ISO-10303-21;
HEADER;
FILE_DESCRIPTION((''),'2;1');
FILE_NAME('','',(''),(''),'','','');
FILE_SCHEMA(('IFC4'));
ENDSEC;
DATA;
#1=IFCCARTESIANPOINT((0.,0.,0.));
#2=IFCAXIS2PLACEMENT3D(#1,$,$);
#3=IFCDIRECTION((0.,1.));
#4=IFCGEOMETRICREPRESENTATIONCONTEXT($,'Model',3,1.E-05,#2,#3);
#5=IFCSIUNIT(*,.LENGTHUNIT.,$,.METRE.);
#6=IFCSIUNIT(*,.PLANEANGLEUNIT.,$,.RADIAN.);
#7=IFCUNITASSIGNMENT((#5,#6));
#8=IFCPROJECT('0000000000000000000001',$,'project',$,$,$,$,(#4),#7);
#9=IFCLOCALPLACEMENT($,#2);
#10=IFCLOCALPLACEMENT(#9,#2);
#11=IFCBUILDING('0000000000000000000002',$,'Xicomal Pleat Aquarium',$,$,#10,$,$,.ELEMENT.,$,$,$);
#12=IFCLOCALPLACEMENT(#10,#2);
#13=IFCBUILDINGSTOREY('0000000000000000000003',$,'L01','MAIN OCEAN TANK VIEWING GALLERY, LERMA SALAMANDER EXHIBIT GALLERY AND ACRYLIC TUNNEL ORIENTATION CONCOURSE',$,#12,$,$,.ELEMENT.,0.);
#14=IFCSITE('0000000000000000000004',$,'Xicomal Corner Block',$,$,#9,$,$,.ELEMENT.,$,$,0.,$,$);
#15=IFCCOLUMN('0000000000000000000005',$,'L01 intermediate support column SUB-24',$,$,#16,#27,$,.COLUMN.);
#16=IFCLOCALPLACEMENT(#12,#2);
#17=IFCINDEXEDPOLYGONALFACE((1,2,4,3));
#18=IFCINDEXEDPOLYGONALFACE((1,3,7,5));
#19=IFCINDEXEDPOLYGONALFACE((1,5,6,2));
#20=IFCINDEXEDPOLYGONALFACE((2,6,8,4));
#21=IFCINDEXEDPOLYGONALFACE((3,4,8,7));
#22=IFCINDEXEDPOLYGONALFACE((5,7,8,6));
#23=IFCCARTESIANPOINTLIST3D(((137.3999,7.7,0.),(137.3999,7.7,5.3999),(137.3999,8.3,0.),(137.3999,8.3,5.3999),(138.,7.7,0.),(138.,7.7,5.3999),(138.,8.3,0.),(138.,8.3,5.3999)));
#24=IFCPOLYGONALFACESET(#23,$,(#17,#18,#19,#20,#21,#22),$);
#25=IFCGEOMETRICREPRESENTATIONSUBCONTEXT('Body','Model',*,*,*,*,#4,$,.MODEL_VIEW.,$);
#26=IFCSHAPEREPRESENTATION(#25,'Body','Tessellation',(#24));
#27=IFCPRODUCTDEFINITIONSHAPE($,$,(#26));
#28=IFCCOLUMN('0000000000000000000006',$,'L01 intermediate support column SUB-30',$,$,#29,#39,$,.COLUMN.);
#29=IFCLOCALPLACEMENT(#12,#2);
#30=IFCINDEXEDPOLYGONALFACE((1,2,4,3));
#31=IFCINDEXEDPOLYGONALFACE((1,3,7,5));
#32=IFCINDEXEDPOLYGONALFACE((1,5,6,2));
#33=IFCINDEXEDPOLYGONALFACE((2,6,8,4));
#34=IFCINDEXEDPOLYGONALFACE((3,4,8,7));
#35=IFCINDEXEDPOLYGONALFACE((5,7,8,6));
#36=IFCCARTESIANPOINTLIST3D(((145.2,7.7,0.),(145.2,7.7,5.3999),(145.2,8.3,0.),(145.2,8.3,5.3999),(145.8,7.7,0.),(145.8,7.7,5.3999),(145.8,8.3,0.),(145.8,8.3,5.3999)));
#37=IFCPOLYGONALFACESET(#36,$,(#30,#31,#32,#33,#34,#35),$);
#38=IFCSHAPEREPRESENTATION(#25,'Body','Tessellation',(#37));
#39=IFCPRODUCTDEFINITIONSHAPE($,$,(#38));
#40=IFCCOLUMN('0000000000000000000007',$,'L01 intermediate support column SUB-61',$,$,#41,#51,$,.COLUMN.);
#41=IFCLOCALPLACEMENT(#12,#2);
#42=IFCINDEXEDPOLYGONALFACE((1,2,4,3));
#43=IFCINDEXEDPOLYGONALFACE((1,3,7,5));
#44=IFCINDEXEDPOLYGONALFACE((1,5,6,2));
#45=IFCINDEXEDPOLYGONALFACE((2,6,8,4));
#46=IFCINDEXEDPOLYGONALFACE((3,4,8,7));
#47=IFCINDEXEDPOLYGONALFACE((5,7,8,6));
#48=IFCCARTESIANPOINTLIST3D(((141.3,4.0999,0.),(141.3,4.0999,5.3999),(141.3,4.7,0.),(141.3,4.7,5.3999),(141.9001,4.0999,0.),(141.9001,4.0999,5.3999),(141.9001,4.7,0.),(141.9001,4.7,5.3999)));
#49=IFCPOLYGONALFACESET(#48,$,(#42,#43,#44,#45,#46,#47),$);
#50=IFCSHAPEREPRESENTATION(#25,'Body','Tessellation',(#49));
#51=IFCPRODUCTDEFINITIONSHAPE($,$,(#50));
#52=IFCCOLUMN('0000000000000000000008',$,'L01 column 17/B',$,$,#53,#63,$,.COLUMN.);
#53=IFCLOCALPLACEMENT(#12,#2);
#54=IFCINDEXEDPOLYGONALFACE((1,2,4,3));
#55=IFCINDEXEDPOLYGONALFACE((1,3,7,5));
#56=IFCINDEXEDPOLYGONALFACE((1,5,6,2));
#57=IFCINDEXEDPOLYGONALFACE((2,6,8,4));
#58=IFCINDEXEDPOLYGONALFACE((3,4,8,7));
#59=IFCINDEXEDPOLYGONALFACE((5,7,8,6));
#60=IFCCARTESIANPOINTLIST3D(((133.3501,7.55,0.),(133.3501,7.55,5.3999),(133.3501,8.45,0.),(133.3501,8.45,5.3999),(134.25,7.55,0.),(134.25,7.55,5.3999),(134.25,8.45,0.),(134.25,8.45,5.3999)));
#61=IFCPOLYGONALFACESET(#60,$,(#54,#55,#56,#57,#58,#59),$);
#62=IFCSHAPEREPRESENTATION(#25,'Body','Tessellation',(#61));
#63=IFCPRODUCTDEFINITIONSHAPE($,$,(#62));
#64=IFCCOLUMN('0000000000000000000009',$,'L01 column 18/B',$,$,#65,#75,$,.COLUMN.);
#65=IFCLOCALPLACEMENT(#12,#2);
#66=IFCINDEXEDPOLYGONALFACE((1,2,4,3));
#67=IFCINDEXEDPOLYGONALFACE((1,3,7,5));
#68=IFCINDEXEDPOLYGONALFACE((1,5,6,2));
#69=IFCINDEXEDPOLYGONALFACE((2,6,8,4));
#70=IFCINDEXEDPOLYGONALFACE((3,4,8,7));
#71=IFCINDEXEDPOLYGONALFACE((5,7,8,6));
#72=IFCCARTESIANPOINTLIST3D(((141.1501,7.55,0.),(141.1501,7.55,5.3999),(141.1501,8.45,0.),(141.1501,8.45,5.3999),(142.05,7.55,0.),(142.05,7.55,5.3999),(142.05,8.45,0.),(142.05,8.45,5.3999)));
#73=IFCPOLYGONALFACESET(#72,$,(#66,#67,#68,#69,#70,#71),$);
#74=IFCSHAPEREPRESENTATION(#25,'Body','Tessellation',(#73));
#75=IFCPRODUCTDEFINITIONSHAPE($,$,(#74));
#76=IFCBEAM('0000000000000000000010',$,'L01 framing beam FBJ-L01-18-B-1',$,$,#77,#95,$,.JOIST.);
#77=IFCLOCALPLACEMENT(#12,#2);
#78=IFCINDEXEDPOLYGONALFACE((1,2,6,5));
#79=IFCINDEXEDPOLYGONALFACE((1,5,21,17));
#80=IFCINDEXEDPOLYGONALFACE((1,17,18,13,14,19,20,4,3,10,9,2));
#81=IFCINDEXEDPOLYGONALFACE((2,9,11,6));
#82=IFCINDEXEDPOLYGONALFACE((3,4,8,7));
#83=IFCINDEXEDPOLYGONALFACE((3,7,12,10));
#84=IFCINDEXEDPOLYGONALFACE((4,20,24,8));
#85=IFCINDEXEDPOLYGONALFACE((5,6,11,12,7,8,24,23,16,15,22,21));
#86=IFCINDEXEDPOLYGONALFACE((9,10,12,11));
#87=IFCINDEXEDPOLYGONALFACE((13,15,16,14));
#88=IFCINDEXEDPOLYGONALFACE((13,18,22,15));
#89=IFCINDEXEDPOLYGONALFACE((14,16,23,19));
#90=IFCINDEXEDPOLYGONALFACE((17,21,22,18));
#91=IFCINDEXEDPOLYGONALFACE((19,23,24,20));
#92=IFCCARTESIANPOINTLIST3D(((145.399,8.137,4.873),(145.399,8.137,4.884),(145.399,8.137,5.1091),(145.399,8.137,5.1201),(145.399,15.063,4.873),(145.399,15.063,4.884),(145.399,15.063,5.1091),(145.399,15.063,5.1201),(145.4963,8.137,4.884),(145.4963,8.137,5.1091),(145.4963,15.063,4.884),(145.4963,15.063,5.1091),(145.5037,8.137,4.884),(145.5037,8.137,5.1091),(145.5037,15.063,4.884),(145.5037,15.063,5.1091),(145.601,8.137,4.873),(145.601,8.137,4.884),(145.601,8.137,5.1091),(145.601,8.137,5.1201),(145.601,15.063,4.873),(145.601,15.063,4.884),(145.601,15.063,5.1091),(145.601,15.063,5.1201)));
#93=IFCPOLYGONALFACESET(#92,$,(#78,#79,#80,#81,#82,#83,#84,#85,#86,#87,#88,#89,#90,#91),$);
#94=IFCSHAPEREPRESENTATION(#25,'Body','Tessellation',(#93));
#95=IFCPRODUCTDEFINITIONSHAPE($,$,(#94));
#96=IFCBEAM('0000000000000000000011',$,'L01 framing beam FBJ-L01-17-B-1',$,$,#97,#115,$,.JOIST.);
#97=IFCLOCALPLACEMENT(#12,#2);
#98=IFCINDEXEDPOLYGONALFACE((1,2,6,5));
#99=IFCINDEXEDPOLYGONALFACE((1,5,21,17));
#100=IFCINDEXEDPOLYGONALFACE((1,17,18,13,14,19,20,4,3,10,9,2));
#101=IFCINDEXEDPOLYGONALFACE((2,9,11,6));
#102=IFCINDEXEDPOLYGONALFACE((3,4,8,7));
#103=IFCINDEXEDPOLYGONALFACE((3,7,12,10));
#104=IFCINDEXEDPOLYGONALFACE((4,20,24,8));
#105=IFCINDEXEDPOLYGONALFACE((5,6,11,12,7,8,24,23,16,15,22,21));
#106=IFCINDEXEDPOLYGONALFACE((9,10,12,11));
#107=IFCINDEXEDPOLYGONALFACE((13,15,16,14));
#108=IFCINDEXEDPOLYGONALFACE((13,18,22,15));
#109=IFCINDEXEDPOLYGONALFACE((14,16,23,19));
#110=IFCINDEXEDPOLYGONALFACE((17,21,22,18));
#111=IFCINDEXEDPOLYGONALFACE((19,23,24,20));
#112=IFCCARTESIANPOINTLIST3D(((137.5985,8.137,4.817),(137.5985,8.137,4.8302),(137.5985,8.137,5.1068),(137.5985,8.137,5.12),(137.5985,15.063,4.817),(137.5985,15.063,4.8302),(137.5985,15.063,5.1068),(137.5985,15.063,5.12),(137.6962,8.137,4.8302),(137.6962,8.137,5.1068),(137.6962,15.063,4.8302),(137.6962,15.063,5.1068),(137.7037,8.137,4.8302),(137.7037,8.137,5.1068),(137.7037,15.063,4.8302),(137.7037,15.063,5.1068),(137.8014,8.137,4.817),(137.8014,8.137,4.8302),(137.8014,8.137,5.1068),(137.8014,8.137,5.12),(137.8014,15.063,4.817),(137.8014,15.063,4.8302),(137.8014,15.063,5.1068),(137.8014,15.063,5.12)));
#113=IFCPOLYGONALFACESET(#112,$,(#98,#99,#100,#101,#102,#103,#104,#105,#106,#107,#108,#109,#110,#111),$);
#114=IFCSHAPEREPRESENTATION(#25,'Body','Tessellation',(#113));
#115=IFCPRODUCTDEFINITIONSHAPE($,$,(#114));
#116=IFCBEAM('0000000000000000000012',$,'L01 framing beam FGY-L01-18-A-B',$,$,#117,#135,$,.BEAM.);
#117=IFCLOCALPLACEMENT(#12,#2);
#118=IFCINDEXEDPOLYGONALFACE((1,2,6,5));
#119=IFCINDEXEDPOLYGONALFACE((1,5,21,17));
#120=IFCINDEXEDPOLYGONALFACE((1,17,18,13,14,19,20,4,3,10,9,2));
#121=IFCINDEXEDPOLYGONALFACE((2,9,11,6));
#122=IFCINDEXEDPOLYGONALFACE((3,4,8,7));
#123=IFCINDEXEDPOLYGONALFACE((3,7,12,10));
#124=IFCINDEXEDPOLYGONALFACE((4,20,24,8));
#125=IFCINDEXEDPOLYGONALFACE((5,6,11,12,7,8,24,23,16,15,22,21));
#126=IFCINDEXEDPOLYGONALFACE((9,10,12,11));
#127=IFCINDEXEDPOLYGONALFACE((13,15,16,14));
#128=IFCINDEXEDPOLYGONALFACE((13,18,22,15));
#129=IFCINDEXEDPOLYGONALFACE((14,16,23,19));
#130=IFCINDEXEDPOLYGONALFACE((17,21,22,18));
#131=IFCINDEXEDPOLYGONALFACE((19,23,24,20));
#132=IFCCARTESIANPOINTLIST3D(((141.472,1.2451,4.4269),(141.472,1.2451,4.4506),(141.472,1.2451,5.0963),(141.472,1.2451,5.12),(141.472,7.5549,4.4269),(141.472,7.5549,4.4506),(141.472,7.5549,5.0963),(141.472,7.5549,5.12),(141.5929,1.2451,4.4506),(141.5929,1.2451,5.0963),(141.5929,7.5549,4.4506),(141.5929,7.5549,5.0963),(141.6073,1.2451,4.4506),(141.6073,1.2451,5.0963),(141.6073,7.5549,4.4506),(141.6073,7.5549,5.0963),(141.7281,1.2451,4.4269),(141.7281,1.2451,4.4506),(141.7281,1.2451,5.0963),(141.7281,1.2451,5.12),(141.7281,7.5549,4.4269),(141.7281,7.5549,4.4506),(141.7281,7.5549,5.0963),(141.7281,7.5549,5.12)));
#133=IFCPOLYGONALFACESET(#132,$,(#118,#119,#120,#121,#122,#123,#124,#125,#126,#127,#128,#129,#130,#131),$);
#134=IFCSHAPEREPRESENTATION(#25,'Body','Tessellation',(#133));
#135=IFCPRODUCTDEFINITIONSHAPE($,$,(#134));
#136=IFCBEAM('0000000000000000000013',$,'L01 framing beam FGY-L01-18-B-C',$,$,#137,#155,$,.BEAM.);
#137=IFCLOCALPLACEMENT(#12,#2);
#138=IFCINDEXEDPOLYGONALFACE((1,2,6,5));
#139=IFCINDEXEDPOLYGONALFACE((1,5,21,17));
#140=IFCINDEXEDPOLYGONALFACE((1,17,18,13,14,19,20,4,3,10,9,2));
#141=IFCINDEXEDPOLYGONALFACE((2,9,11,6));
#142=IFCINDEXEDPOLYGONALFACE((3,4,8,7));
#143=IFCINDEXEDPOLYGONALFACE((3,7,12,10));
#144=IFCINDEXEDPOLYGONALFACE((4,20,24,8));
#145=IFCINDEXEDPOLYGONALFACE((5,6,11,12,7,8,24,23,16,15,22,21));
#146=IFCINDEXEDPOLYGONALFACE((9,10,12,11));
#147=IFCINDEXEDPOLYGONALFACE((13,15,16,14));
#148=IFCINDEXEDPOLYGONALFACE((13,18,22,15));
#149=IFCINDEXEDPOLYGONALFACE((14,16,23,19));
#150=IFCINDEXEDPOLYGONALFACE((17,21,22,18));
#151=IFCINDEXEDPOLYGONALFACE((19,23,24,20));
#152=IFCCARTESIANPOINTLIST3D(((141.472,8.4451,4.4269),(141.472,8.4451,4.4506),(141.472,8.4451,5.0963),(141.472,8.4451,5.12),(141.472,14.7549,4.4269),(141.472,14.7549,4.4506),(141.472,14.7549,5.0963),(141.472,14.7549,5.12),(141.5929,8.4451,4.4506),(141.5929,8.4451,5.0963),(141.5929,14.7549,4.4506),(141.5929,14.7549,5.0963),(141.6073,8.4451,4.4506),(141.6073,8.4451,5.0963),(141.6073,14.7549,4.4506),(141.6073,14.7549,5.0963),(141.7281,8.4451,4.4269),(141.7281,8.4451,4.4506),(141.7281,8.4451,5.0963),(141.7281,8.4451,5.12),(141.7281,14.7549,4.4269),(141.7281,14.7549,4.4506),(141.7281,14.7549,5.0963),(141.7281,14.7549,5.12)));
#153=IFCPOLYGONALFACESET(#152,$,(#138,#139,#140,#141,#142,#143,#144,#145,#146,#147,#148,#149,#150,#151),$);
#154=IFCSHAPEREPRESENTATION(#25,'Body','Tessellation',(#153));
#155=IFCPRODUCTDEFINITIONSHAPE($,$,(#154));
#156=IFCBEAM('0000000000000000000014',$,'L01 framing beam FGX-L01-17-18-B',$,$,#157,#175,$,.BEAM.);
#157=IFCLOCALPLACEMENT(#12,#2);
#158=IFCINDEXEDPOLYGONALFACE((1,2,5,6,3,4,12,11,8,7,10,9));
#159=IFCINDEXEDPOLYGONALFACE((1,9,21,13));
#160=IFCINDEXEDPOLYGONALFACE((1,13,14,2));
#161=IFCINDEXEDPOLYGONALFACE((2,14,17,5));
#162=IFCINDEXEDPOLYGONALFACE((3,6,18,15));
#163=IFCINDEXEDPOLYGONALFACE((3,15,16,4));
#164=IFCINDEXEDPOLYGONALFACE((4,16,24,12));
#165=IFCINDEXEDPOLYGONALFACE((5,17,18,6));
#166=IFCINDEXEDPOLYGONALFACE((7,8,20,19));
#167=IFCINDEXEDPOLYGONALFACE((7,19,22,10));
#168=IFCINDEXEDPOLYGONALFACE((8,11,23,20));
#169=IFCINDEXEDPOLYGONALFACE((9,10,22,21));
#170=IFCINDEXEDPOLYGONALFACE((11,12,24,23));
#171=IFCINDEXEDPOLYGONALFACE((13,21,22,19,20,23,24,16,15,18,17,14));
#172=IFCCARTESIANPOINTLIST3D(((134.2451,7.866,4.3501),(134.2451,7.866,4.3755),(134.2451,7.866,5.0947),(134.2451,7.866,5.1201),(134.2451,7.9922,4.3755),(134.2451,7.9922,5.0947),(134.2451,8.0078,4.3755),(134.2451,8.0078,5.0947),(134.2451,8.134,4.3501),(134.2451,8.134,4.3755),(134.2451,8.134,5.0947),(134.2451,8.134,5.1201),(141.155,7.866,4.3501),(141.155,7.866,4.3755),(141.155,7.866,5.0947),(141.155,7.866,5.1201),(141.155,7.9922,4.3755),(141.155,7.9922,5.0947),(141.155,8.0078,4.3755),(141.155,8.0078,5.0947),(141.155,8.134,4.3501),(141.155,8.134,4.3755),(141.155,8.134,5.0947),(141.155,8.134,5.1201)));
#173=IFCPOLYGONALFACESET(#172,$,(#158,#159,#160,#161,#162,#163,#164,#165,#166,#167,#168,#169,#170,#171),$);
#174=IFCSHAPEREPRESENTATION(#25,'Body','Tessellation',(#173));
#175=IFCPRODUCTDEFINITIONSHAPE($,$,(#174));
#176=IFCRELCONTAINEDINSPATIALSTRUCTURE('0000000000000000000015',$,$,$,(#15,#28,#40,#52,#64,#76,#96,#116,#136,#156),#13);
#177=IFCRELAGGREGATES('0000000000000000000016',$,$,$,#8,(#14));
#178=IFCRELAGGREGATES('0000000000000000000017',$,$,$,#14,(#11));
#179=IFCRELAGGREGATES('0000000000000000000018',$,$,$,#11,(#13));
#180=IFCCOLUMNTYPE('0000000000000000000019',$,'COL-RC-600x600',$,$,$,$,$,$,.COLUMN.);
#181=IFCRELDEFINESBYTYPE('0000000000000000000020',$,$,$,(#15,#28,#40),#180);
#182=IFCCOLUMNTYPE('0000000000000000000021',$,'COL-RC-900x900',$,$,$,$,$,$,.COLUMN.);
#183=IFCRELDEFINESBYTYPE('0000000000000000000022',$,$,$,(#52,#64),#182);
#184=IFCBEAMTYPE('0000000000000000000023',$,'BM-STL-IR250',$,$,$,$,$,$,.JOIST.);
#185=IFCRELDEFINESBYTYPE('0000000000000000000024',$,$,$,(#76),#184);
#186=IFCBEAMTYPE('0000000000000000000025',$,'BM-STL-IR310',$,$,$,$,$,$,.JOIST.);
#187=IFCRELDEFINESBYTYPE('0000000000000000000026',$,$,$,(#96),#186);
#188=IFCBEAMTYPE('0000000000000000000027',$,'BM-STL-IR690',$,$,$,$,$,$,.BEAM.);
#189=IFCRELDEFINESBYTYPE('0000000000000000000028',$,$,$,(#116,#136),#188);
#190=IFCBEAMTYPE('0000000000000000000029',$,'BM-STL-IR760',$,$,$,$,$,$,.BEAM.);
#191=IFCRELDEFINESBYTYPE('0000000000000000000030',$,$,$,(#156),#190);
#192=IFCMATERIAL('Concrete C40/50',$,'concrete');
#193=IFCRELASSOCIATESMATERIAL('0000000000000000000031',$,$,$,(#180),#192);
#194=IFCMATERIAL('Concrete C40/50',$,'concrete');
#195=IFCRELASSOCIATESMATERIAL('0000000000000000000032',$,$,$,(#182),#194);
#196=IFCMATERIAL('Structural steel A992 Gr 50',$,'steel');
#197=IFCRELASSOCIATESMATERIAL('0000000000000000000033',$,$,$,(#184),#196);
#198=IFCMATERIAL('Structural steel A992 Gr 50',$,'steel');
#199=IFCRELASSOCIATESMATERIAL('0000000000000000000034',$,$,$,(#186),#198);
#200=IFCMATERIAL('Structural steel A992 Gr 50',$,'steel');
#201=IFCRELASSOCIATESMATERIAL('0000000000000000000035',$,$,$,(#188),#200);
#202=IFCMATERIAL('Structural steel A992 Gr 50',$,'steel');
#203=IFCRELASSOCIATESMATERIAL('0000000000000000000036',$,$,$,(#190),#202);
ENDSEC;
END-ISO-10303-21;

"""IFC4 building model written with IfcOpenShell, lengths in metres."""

from ifc_helpers import new_model, si_unit, direction, frame, origin, origin_2d, place, context, subcontext, project, spatial, rectangle, i_section, extrude, material, material_profile, profile_set, type_object, element, save


model = new_model("IFC4")

# Units and contexts
model_context = context("Model", 3, precision=1e-05, world=origin(), true_north=direction((0.0, 1.0)))
body_context = subcontext(model_context, "Body", "Model", "MODEL_VIEW")
ifc_project = project(units=[si_unit("LENGTHUNIT", "METRE"), si_unit("PLANEANGLEUNIT", "RADIAN")], contexts=[model_context])

# Site, building, storey
site_placement = place(None, origin())
site = spatial("IfcSite", under=ifc_project, at=site_placement, Name="Xicomal Corner Block", CompositionType="ELEMENT", RefElevation=0.0)
building_placement = place(site_placement, origin())
building = spatial("IfcBuilding", under=site, at=building_placement, Name="Xicomal Pleat Aquarium", CompositionType="ELEMENT")
storey_placement = place(building_placement, origin())
storey = spatial("IfcBuildingStorey", under=building, at=storey_placement, Name="L01", Description="MAIN OCEAN TANK VIEWING GALLERY, LERMA SALAMANDER EXHIBIT GALLERY AND ACRYLIC TUNNEL ORIENTATION CONCOURSE", CompositionType="ELEMENT", Elevation=0.0)

# Columns
ifc_material_1 = material(Name="Concrete C40/50", Category="concrete")
ifc_material_profile_1 = material_profile(ifc_material_1, rectangle(XDim=0.6001, YDim=0.6001, at=origin_2d()), Name="RC 600x600")
ifc_profile_set_1 = profile_set([ifc_material_profile_1], Name="Concrete C40/50")
column_type_1 = type_object("IfcColumnType", Name="COL-RC-600x600", PredefinedType="COLUMN", material=ifc_profile_set_1)
for number, where, z_axis, x_axis, name in (
    (1, (137.7, 8.0, 0.0), (0.0, 0.0, 1.0), (1.0, 0.0, 0.0), "L01 intermediate support column SUB-24"),
    (2, (145.5, 8.0, 0.0), (0.0, 0.0, 1.0), (1.0, 0.0, 0.0), "L01 intermediate support column SUB-30"),
    (3, (141.6001, 4.3999, 0.0), (0.0, 0.0, 1.0), (1.0, 0.0, 0.0), "L01 intermediate support column SUB-61"),
):
    element("IfcColumn", number, at=place(storey_placement, frame(where, z_axis=z_axis, x_axis=x_axis)), inside=storey, type_object=column_type_1, Name=name, PredefinedType="COLUMN", context=body_context, shape_type="SweptSolid", body=[
        extrude(rectangle(XDim=0.6001, YDim=0.6001, at=origin_2d()), origin(), (0.0, 0.0, 1.0), 5.3999),
    ])
ifc_material_2 = material(Name="Concrete C40/50", Category="concrete")
ifc_material_profile_2 = material_profile(ifc_material_2, rectangle(XDim=0.8999, YDim=0.8999, at=origin_2d()), Name="RC 900x900")
ifc_profile_set_2 = profile_set([ifc_material_profile_2], Name="Concrete C40/50")
column_type_2 = type_object("IfcColumnType", Name="COL-RC-900x900", PredefinedType="COLUMN", material=ifc_profile_set_2)
for number, where, z_axis, x_axis, name in (
    (4, (133.8, 8.0, 0.0), (0.0, 0.0, 1.0), (1.0, 0.0, 0.0), "L01 column 17/B"),
    (5, (141.6001, 8.0, 0.0), (0.0, 0.0, 1.0), (1.0, 0.0, 0.0), "L01 column 18/B"),
):
    element("IfcColumn", number, at=place(storey_placement, frame(where, z_axis=z_axis, x_axis=x_axis)), inside=storey, type_object=column_type_2, Name=name, PredefinedType="COLUMN", context=body_context, shape_type="SweptSolid", body=[
        extrude(rectangle(XDim=0.8999, YDim=0.8999, at=origin_2d()), origin(), (0.0, 0.0, 1.0), 5.3999),
    ])

# Beams
ifc_material_3 = material(Name="Structural steel A992 Gr 50", Category="steel")
ifc_material_profile_3 = material_profile(ifc_material_3, i_section(OverallWidth=0.2019, OverallDepth=0.2471, WebThickness=0.0073, FlangeThickness=0.011, at=origin_2d()), Name="IR 250x49")
ifc_profile_set_3 = profile_set([ifc_material_profile_3], Name="Structural steel A992 Gr 50")
beam_type_1 = type_object("IfcBeamType", Name="BM-STL-IR250", PredefinedType="JOIST", material=ifc_profile_set_3)
beam_1_placement = place(storey_placement, frame((145.5, 8.137, 4.9966), z_axis=(0.0, 1.0, 0.0), x_axis=(-1.0, 0.0, 0.0)))
element("IfcBeam", 6, at=beam_1_placement, inside=storey, type_object=beam_type_1, Name="L01 framing beam FBJ-L01-18-B-1", PredefinedType="JOIST", context=body_context, shape_type="SweptSolid", body=[
    extrude(i_section(OverallWidth=0.2019, OverallDepth=0.2471, WebThickness=0.0073, FlangeThickness=0.011, at=origin_2d()), origin(), (0.0, 0.0, 1.0), 6.926),
])
ifc_material_4 = material(Name="Structural steel A992 Gr 50", Category="steel")
ifc_material_profile_4 = material_profile(ifc_material_4, i_section(OverallWidth=0.2029, OverallDepth=0.303, WebThickness=0.0076, FlangeThickness=0.0132, at=origin_2d()), Name="IR 310x60")
ifc_profile_set_4 = profile_set([ifc_material_profile_4], Name="Structural steel A992 Gr 50")
beam_type_2 = type_object("IfcBeamType", Name="BM-STL-IR310", PredefinedType="JOIST", material=ifc_profile_set_4)
beam_2_placement = place(storey_placement, frame((137.7, 8.137, 4.9685), z_axis=(0.0, 1.0, 0.0), x_axis=(-1.0, 0.0, 0.0)))
element("IfcBeam", 7, at=beam_2_placement, inside=storey, type_object=beam_type_2, Name="L01 framing beam FBJ-L01-17-B-1", PredefinedType="JOIST", context=body_context, shape_type="SweptSolid", body=[
    extrude(i_section(OverallWidth=0.2029, OverallDepth=0.303, WebThickness=0.0076, FlangeThickness=0.0132, at=origin_2d()), origin(), (0.0, 0.0, 1.0), 6.926),
])
ifc_material_5 = material(Name="Structural steel A992 Gr 50", Category="steel")
ifc_material_profile_5 = material_profile(ifc_material_5, i_section(OverallWidth=0.2561, OverallDepth=0.6931, WebThickness=0.0144, FlangeThickness=0.0237, at=origin_2d()), Name="IR 690x170")
ifc_profile_set_5 = profile_set([ifc_material_profile_5], Name="Structural steel A992 Gr 50")
beam_type_3 = type_object("IfcBeamType", Name="BM-STL-IR690", PredefinedType="BEAM", material=ifc_profile_set_5)
for number, where, z_axis, x_axis, name in (
    (8, (141.6001, 1.2451, 4.7734), (0.0, 1.0, 0.0), (-1.0, 0.0, 0.0), "L01 framing beam FGY-L01-18-A-B"),
    (9, (141.6001, 8.4451, 4.7734), (0.0, 1.0, 0.0), (-1.0, 0.0, 0.0), "L01 framing beam FGY-L01-18-B-C"),
):
    element("IfcBeam", number, at=place(storey_placement, frame(where, z_axis=z_axis, x_axis=x_axis)), inside=storey, type_object=beam_type_3, Name=name, PredefinedType="BEAM", context=body_context, shape_type="SweptSolid", body=[
        extrude(i_section(OverallWidth=0.2561, OverallDepth=0.6931, WebThickness=0.0144, FlangeThickness=0.0237, at=origin_2d()), origin(), (0.0, 0.0, 1.0), 6.3098),
    ])
ifc_material_6 = material(Name="Structural steel A992 Gr 50", Category="steel")
ifc_material_profile_6 = material_profile(ifc_material_6, i_section(OverallWidth=0.2681, OverallDepth=0.77, WebThickness=0.0156, FlangeThickness=0.0254, at=origin_2d()), Name="IR 760x196")
ifc_profile_set_6 = profile_set([ifc_material_profile_6], Name="Structural steel A992 Gr 50")
beam_type_4 = type_object("IfcBeamType", Name="BM-STL-IR760", PredefinedType="BEAM", material=ifc_profile_set_6)
beam_3_placement = place(storey_placement, frame((134.2451, 8.0, 4.7351), z_axis=(1.0, 0.0, 0.0), x_axis=(0.0, 1.0, 0.0)))
element("IfcBeam", 10, at=beam_3_placement, inside=storey, type_object=beam_type_4, Name="L01 framing beam FGX-L01-17-18-B", PredefinedType="BEAM", context=body_context, shape_type="SweptSolid", body=[
    extrude(i_section(OverallWidth=0.2681, OverallDepth=0.77, WebThickness=0.0156, FlangeThickness=0.0254, at=origin_2d()), origin(), (0.0, 0.0, 1.0), 6.9099),
])

save(model, "model.ifc")
